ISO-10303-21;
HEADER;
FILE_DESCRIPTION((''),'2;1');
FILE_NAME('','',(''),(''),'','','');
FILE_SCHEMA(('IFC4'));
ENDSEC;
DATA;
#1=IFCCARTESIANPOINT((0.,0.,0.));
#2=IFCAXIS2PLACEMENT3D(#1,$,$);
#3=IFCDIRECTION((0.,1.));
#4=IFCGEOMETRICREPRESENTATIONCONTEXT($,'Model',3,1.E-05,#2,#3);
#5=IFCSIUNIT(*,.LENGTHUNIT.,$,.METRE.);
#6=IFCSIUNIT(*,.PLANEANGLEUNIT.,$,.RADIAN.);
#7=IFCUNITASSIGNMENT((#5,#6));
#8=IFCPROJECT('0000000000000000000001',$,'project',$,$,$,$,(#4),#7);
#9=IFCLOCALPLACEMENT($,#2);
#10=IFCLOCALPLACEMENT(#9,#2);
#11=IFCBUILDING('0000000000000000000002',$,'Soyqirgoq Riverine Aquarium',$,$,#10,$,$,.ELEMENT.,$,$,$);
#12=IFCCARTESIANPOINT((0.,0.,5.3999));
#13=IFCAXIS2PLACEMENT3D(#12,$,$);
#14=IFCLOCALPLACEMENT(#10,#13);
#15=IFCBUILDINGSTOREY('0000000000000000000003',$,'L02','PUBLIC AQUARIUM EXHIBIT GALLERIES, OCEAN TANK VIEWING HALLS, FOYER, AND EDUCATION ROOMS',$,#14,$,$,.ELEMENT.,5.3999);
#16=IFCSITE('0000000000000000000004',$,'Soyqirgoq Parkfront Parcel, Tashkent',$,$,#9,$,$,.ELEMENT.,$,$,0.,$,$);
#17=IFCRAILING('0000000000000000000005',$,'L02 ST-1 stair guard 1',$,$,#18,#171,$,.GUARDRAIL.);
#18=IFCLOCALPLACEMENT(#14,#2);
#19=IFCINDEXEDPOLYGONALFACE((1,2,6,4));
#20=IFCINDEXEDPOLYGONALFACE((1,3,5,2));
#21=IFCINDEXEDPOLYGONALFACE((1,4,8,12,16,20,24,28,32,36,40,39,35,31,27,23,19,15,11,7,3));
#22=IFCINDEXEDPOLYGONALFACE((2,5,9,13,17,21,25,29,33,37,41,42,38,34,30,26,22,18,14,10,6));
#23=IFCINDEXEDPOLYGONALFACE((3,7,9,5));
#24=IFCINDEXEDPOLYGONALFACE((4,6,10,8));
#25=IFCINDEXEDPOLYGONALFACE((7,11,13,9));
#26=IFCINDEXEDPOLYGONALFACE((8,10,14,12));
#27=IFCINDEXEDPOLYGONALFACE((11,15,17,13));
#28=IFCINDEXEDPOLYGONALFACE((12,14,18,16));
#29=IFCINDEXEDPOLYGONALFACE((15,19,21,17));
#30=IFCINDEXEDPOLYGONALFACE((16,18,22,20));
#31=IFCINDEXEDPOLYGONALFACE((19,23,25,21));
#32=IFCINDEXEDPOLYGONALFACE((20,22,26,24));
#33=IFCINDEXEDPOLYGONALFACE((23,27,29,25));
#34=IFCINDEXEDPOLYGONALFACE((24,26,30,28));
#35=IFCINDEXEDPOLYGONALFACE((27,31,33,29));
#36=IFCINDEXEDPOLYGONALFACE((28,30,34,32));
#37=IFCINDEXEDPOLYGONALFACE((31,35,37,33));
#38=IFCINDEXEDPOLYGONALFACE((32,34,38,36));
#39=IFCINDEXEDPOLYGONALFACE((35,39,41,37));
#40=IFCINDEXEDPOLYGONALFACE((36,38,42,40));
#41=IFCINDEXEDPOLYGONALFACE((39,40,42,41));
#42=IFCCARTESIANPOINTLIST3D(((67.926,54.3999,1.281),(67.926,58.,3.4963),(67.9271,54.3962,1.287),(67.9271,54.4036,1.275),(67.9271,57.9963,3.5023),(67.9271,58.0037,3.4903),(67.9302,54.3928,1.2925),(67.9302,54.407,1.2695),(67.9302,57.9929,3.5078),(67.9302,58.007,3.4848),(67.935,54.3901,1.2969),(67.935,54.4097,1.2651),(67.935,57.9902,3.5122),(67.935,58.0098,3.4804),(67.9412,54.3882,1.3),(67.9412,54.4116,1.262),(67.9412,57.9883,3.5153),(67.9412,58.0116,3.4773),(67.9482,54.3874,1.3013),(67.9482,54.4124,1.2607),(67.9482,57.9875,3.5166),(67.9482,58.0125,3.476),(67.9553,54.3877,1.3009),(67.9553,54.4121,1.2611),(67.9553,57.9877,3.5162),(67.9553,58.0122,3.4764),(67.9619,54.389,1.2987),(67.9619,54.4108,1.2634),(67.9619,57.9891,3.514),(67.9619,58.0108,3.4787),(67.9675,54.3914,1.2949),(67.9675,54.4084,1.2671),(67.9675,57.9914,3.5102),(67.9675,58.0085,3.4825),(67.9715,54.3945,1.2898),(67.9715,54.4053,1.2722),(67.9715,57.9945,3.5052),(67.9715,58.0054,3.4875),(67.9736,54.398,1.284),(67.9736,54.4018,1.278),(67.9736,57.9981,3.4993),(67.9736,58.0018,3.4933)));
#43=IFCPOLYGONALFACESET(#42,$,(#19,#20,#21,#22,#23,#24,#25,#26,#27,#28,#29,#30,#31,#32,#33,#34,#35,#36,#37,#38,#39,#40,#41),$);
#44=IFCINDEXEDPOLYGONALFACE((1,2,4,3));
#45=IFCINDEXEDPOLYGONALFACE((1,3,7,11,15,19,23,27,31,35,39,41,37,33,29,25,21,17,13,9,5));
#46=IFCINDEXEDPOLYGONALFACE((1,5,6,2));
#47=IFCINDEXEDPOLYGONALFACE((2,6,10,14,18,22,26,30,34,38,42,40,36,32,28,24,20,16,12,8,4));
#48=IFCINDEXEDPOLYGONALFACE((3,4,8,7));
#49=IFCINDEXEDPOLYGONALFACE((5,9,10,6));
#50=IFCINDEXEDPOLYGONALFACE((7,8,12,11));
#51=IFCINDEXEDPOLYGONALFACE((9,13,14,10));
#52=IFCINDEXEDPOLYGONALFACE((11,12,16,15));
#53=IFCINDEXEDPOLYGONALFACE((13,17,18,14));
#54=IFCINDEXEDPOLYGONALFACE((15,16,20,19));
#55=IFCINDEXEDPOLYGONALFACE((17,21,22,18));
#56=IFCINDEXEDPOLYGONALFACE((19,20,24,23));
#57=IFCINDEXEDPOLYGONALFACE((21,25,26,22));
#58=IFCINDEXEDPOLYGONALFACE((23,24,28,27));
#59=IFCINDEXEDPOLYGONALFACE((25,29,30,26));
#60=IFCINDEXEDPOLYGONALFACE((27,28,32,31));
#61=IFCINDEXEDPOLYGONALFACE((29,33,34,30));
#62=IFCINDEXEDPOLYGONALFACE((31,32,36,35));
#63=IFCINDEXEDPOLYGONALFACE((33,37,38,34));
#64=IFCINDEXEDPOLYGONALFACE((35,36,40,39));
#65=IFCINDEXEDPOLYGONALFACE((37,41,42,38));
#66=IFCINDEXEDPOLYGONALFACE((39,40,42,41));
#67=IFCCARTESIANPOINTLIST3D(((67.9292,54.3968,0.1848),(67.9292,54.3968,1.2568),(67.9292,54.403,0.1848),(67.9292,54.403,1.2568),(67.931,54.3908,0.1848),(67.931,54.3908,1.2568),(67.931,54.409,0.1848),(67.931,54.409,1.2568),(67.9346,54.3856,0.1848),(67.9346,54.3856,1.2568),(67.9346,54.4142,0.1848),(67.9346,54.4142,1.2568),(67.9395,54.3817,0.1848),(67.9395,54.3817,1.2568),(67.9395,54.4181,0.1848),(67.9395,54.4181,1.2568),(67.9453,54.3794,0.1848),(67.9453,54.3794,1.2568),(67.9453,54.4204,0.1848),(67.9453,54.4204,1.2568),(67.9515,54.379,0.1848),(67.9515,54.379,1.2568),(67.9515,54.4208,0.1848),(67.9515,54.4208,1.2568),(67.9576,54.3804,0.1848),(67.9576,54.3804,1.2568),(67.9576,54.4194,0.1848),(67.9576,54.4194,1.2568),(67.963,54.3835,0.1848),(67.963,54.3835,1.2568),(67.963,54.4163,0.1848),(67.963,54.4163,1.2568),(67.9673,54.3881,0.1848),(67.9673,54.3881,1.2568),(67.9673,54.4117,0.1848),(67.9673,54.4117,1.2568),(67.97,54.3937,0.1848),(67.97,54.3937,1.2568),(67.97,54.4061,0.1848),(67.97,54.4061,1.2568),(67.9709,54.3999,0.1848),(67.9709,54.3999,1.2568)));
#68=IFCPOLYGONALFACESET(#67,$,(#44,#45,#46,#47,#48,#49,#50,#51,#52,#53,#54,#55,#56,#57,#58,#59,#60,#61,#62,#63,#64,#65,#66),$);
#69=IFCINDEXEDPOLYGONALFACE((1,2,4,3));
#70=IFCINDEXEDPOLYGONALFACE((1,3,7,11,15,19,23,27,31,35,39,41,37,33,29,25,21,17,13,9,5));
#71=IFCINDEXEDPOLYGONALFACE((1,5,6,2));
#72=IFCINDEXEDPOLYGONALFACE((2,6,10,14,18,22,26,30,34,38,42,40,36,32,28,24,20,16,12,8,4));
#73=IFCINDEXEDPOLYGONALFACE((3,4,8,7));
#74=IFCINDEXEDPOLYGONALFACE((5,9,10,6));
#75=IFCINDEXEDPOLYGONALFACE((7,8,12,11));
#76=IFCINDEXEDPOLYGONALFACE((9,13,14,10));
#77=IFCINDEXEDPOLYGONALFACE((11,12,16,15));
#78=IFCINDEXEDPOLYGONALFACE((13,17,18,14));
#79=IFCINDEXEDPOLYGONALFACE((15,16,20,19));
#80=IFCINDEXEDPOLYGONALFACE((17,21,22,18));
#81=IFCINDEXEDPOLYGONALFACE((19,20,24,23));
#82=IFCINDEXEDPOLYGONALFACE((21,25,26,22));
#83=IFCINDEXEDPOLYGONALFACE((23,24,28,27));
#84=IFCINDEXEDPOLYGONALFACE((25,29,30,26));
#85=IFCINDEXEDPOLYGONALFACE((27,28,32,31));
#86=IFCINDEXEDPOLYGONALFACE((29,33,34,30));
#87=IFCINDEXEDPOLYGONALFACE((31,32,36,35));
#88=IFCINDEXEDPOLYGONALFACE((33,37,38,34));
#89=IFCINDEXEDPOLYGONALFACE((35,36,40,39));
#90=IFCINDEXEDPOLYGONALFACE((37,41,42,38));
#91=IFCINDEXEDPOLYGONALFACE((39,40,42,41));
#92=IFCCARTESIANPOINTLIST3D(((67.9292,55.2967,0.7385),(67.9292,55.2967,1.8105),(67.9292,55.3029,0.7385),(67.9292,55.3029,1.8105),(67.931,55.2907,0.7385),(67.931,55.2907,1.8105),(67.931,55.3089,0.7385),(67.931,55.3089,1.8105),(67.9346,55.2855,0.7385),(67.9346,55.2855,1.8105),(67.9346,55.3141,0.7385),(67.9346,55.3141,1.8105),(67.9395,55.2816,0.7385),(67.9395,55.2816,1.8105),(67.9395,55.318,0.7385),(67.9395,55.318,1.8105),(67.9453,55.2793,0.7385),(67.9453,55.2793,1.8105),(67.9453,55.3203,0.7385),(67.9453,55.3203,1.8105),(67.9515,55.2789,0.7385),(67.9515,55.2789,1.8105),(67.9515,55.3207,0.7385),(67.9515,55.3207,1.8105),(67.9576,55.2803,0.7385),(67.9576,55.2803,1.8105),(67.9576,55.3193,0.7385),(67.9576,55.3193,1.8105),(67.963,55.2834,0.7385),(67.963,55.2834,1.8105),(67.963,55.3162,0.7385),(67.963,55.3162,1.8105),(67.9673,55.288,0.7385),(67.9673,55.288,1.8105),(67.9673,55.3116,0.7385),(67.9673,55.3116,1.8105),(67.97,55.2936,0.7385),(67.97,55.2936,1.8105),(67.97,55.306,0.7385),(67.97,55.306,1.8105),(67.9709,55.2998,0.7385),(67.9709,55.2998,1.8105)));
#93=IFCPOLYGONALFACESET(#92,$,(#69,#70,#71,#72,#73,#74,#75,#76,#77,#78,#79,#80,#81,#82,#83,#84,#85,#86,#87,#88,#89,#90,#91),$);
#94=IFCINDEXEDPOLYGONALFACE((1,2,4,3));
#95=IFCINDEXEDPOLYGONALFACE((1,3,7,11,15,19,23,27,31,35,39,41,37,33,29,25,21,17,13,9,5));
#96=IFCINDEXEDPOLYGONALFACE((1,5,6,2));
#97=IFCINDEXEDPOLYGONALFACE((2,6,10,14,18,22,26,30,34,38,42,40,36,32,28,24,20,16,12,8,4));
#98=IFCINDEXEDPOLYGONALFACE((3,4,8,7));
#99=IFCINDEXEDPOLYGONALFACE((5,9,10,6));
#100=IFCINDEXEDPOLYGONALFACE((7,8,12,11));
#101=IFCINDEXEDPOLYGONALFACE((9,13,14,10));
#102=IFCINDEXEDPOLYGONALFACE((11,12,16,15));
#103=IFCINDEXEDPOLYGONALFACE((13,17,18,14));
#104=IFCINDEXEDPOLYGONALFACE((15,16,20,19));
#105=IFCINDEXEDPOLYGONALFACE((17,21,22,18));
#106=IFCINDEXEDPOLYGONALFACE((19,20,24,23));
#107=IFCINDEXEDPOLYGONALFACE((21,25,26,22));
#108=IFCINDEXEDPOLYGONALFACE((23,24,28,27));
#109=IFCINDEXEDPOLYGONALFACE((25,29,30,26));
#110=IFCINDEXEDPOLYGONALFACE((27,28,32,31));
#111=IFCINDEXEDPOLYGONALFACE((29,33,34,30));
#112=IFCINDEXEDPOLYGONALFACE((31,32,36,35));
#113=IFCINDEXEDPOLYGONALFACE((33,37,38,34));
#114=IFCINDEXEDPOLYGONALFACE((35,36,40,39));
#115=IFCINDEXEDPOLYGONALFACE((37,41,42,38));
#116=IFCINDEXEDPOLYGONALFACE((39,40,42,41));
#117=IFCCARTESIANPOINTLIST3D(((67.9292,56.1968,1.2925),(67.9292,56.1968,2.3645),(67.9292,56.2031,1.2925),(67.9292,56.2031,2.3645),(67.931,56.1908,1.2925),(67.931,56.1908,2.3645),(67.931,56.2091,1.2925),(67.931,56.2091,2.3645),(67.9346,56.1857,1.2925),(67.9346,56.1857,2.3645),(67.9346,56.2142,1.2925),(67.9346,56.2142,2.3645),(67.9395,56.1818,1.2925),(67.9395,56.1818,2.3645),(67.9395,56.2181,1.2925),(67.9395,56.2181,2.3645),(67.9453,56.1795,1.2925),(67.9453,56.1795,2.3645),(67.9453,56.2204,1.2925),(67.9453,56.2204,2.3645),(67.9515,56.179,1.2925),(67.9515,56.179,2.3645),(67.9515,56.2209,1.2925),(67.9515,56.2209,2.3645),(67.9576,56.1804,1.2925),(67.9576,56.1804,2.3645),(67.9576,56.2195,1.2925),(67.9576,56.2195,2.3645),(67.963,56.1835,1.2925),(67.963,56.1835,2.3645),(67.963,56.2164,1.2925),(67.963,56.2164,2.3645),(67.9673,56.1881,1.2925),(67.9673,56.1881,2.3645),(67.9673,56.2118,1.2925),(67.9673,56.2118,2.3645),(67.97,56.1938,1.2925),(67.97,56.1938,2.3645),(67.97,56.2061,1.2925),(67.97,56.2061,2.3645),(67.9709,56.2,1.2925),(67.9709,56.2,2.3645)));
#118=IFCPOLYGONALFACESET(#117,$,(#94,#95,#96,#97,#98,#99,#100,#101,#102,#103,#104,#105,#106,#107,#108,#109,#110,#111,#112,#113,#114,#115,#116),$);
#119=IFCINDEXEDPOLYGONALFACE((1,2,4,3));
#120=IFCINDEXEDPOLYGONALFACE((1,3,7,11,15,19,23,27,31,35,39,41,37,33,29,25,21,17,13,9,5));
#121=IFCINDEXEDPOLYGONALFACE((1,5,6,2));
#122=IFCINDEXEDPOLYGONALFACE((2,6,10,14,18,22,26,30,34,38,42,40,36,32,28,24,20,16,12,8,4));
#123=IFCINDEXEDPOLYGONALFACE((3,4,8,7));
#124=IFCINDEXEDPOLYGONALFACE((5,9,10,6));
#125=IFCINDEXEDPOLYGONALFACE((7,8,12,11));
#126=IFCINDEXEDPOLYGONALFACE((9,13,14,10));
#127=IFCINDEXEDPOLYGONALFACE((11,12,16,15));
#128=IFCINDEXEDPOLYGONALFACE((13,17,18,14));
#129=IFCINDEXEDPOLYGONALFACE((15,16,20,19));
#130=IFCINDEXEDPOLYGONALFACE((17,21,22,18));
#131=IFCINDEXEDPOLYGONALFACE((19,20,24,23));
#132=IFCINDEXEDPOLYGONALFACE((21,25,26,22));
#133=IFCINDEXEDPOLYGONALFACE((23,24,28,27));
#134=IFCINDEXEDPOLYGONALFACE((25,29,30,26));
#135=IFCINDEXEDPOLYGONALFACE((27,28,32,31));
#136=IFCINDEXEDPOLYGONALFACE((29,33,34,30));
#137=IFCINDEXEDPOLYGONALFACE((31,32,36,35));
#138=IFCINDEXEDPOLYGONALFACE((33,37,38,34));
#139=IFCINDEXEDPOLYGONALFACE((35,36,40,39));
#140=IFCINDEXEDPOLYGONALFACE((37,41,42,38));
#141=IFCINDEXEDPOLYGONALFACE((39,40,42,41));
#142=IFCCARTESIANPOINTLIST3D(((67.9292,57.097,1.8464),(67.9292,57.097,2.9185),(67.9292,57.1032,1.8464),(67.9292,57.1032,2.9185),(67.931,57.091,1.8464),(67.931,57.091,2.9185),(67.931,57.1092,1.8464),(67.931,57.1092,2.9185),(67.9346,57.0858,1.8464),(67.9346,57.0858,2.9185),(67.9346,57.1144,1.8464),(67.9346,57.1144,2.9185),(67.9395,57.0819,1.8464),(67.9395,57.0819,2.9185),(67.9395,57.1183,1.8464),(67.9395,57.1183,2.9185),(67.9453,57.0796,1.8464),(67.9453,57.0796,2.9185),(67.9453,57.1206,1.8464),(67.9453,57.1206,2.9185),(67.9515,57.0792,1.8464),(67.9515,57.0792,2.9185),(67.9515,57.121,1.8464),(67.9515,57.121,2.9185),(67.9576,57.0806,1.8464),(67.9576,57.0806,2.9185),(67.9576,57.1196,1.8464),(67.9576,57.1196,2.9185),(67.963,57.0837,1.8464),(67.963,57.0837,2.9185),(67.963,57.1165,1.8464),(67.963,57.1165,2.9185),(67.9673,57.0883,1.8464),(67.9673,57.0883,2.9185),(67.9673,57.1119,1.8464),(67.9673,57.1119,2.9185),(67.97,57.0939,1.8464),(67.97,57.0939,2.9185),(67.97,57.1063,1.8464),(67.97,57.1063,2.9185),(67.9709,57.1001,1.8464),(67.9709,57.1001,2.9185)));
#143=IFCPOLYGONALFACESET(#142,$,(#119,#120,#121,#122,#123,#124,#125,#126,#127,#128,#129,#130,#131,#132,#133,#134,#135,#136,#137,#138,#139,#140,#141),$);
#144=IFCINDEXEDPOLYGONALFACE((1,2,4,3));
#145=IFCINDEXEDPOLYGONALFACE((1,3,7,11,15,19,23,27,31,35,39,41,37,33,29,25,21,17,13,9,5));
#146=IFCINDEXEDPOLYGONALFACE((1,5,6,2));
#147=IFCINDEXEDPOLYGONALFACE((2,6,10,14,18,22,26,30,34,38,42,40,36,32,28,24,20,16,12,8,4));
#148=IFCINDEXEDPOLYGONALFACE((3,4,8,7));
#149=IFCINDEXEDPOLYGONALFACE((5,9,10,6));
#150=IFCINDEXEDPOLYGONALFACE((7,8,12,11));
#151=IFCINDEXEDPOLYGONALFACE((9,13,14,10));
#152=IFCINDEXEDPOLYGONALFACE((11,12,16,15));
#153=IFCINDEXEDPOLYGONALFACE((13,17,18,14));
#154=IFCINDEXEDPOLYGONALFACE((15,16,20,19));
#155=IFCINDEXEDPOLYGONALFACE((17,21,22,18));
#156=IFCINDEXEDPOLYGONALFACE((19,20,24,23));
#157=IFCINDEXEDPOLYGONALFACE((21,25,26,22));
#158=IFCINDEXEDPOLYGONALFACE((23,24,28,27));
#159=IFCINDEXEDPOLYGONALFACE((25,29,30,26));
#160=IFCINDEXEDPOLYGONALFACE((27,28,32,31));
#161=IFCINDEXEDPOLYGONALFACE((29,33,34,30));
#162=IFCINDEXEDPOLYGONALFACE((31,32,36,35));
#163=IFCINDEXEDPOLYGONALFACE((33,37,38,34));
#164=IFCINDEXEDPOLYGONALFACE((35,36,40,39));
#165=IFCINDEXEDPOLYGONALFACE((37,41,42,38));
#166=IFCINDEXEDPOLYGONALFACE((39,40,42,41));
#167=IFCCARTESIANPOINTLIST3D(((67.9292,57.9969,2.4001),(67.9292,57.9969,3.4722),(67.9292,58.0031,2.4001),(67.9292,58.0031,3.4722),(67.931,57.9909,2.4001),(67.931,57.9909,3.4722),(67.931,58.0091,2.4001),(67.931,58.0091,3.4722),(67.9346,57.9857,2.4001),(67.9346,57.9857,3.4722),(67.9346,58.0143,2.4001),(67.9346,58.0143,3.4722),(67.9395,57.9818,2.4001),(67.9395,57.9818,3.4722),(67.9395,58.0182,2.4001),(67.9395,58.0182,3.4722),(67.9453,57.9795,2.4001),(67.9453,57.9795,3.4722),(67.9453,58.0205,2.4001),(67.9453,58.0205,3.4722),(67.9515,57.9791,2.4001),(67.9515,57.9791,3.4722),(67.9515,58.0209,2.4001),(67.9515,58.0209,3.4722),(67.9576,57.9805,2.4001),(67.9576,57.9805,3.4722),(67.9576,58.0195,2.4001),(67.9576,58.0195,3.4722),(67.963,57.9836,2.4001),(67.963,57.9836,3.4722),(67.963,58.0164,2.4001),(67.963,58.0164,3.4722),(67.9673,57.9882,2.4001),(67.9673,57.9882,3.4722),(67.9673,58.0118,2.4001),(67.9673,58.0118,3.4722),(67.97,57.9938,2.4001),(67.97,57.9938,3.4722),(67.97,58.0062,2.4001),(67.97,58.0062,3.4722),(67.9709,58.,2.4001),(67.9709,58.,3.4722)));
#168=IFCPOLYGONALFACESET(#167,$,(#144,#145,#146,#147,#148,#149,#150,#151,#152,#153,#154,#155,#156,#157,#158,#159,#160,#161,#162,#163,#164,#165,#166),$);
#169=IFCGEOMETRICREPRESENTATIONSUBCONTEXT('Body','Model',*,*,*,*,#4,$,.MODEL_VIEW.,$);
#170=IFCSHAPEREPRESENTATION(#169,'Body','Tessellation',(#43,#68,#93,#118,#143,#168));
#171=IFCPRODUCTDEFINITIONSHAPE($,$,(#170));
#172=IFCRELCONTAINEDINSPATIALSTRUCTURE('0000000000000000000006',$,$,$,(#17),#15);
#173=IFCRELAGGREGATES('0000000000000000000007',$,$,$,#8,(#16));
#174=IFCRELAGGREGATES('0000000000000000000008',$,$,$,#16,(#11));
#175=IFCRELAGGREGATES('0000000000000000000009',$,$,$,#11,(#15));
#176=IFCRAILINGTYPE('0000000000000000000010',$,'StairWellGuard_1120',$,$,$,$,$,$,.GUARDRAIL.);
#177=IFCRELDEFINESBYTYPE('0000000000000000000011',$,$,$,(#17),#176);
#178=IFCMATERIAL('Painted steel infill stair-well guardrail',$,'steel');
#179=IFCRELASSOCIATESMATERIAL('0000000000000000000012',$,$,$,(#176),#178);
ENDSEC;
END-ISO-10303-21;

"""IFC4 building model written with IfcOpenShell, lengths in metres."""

from ifc_helpers import new_model, si_unit, direction, frame, origin, origin_2d, place, context, subcontext, project, spatial, circle, extrude, material, type_object, element, save


model = new_model("IFC4")

# Units and contexts
model_context = context("Model", 3, precision=1e-05, world=origin(), true_north=direction((0.0, 1.0)))
body_context = subcontext(model_context, "Body", "Model", "MODEL_VIEW")
ifc_project = project(units=[si_unit("LENGTHUNIT", "METRE"), si_unit("PLANEANGLEUNIT", "RADIAN")], contexts=[model_context])

# Site, building, storey
site_placement = place(None, origin())
site = spatial("IfcSite", under=ifc_project, at=site_placement, Name="Soyqirgoq Parkfront Parcel, Tashkent", CompositionType="ELEMENT", RefElevation=0.0)
building_placement = place(site_placement, origin())
building = spatial("IfcBuilding", under=site, at=building_placement, Name="Soyqirgoq Riverine Aquarium", CompositionType="ELEMENT")
storey_placement = place(building_placement, frame((0.0, 0.0, 5.3999)))
storey = spatial("IfcBuildingStorey", under=building, at=storey_placement, Name="L02", Description="PUBLIC AQUARIUM EXHIBIT GALLERIES, OCEAN TANK VIEWING HALLS, FOYER, AND EDUCATION ROOMS", CompositionType="ELEMENT", Elevation=5.3999)

# Railing
ifc_material_1 = material(Name="Painted steel infill stair-well guardrail", Category="steel")
railing_type_1 = type_object("IfcRailingType", Name="StairWellGuard_1120", PredefinedType="GUARDRAIL", material=ifc_material_1)
railing_1_placement = place(storey_placement, frame((67.95, 54.3999, 0.1848)))
element("IfcRailing", 1, at=railing_1_placement, inside=storey, type_object=railing_type_1, Name="L02 ST-1 stair guard 1", PredefinedType="GUARDRAIL", context=body_context, shape_type="SweptSolid", body=[
    extrude(circle(Radius=0.0239, at=origin_2d()), frame((0.0, 0.0, 1.0962), z_axis=(0.0, 0.85167, 0.524078), x_axis=(-1.0, 0.0, 0.0)), (0.0, 0.0, 1.0), 4.2271),
    extrude(circle(Radius=0.021, at=origin_2d()), origin(), (0.0, 0.0, 1.0), 1.072),
    extrude(circle(Radius=0.021, at=origin_2d()), frame((0.0, 0.8999, 0.5537)), (0.0, 0.0, 1.0), 1.072),
    extrude(circle(Radius=0.021, at=origin_2d()), frame((0.0, 1.8, 1.1077)), (0.0, 0.0, 1.0), 1.072),
    extrude(circle(Radius=0.021, at=origin_2d()), frame((0.0, 2.7002, 1.6616)), (0.0, 0.0, 1.0), 1.072),
    extrude(circle(Radius=0.021, at=origin_2d()), frame((0.0, 3.6001, 2.2153)), (0.0, 0.0, 1.0), 1.072),
])

save(model, "model.ifc")
